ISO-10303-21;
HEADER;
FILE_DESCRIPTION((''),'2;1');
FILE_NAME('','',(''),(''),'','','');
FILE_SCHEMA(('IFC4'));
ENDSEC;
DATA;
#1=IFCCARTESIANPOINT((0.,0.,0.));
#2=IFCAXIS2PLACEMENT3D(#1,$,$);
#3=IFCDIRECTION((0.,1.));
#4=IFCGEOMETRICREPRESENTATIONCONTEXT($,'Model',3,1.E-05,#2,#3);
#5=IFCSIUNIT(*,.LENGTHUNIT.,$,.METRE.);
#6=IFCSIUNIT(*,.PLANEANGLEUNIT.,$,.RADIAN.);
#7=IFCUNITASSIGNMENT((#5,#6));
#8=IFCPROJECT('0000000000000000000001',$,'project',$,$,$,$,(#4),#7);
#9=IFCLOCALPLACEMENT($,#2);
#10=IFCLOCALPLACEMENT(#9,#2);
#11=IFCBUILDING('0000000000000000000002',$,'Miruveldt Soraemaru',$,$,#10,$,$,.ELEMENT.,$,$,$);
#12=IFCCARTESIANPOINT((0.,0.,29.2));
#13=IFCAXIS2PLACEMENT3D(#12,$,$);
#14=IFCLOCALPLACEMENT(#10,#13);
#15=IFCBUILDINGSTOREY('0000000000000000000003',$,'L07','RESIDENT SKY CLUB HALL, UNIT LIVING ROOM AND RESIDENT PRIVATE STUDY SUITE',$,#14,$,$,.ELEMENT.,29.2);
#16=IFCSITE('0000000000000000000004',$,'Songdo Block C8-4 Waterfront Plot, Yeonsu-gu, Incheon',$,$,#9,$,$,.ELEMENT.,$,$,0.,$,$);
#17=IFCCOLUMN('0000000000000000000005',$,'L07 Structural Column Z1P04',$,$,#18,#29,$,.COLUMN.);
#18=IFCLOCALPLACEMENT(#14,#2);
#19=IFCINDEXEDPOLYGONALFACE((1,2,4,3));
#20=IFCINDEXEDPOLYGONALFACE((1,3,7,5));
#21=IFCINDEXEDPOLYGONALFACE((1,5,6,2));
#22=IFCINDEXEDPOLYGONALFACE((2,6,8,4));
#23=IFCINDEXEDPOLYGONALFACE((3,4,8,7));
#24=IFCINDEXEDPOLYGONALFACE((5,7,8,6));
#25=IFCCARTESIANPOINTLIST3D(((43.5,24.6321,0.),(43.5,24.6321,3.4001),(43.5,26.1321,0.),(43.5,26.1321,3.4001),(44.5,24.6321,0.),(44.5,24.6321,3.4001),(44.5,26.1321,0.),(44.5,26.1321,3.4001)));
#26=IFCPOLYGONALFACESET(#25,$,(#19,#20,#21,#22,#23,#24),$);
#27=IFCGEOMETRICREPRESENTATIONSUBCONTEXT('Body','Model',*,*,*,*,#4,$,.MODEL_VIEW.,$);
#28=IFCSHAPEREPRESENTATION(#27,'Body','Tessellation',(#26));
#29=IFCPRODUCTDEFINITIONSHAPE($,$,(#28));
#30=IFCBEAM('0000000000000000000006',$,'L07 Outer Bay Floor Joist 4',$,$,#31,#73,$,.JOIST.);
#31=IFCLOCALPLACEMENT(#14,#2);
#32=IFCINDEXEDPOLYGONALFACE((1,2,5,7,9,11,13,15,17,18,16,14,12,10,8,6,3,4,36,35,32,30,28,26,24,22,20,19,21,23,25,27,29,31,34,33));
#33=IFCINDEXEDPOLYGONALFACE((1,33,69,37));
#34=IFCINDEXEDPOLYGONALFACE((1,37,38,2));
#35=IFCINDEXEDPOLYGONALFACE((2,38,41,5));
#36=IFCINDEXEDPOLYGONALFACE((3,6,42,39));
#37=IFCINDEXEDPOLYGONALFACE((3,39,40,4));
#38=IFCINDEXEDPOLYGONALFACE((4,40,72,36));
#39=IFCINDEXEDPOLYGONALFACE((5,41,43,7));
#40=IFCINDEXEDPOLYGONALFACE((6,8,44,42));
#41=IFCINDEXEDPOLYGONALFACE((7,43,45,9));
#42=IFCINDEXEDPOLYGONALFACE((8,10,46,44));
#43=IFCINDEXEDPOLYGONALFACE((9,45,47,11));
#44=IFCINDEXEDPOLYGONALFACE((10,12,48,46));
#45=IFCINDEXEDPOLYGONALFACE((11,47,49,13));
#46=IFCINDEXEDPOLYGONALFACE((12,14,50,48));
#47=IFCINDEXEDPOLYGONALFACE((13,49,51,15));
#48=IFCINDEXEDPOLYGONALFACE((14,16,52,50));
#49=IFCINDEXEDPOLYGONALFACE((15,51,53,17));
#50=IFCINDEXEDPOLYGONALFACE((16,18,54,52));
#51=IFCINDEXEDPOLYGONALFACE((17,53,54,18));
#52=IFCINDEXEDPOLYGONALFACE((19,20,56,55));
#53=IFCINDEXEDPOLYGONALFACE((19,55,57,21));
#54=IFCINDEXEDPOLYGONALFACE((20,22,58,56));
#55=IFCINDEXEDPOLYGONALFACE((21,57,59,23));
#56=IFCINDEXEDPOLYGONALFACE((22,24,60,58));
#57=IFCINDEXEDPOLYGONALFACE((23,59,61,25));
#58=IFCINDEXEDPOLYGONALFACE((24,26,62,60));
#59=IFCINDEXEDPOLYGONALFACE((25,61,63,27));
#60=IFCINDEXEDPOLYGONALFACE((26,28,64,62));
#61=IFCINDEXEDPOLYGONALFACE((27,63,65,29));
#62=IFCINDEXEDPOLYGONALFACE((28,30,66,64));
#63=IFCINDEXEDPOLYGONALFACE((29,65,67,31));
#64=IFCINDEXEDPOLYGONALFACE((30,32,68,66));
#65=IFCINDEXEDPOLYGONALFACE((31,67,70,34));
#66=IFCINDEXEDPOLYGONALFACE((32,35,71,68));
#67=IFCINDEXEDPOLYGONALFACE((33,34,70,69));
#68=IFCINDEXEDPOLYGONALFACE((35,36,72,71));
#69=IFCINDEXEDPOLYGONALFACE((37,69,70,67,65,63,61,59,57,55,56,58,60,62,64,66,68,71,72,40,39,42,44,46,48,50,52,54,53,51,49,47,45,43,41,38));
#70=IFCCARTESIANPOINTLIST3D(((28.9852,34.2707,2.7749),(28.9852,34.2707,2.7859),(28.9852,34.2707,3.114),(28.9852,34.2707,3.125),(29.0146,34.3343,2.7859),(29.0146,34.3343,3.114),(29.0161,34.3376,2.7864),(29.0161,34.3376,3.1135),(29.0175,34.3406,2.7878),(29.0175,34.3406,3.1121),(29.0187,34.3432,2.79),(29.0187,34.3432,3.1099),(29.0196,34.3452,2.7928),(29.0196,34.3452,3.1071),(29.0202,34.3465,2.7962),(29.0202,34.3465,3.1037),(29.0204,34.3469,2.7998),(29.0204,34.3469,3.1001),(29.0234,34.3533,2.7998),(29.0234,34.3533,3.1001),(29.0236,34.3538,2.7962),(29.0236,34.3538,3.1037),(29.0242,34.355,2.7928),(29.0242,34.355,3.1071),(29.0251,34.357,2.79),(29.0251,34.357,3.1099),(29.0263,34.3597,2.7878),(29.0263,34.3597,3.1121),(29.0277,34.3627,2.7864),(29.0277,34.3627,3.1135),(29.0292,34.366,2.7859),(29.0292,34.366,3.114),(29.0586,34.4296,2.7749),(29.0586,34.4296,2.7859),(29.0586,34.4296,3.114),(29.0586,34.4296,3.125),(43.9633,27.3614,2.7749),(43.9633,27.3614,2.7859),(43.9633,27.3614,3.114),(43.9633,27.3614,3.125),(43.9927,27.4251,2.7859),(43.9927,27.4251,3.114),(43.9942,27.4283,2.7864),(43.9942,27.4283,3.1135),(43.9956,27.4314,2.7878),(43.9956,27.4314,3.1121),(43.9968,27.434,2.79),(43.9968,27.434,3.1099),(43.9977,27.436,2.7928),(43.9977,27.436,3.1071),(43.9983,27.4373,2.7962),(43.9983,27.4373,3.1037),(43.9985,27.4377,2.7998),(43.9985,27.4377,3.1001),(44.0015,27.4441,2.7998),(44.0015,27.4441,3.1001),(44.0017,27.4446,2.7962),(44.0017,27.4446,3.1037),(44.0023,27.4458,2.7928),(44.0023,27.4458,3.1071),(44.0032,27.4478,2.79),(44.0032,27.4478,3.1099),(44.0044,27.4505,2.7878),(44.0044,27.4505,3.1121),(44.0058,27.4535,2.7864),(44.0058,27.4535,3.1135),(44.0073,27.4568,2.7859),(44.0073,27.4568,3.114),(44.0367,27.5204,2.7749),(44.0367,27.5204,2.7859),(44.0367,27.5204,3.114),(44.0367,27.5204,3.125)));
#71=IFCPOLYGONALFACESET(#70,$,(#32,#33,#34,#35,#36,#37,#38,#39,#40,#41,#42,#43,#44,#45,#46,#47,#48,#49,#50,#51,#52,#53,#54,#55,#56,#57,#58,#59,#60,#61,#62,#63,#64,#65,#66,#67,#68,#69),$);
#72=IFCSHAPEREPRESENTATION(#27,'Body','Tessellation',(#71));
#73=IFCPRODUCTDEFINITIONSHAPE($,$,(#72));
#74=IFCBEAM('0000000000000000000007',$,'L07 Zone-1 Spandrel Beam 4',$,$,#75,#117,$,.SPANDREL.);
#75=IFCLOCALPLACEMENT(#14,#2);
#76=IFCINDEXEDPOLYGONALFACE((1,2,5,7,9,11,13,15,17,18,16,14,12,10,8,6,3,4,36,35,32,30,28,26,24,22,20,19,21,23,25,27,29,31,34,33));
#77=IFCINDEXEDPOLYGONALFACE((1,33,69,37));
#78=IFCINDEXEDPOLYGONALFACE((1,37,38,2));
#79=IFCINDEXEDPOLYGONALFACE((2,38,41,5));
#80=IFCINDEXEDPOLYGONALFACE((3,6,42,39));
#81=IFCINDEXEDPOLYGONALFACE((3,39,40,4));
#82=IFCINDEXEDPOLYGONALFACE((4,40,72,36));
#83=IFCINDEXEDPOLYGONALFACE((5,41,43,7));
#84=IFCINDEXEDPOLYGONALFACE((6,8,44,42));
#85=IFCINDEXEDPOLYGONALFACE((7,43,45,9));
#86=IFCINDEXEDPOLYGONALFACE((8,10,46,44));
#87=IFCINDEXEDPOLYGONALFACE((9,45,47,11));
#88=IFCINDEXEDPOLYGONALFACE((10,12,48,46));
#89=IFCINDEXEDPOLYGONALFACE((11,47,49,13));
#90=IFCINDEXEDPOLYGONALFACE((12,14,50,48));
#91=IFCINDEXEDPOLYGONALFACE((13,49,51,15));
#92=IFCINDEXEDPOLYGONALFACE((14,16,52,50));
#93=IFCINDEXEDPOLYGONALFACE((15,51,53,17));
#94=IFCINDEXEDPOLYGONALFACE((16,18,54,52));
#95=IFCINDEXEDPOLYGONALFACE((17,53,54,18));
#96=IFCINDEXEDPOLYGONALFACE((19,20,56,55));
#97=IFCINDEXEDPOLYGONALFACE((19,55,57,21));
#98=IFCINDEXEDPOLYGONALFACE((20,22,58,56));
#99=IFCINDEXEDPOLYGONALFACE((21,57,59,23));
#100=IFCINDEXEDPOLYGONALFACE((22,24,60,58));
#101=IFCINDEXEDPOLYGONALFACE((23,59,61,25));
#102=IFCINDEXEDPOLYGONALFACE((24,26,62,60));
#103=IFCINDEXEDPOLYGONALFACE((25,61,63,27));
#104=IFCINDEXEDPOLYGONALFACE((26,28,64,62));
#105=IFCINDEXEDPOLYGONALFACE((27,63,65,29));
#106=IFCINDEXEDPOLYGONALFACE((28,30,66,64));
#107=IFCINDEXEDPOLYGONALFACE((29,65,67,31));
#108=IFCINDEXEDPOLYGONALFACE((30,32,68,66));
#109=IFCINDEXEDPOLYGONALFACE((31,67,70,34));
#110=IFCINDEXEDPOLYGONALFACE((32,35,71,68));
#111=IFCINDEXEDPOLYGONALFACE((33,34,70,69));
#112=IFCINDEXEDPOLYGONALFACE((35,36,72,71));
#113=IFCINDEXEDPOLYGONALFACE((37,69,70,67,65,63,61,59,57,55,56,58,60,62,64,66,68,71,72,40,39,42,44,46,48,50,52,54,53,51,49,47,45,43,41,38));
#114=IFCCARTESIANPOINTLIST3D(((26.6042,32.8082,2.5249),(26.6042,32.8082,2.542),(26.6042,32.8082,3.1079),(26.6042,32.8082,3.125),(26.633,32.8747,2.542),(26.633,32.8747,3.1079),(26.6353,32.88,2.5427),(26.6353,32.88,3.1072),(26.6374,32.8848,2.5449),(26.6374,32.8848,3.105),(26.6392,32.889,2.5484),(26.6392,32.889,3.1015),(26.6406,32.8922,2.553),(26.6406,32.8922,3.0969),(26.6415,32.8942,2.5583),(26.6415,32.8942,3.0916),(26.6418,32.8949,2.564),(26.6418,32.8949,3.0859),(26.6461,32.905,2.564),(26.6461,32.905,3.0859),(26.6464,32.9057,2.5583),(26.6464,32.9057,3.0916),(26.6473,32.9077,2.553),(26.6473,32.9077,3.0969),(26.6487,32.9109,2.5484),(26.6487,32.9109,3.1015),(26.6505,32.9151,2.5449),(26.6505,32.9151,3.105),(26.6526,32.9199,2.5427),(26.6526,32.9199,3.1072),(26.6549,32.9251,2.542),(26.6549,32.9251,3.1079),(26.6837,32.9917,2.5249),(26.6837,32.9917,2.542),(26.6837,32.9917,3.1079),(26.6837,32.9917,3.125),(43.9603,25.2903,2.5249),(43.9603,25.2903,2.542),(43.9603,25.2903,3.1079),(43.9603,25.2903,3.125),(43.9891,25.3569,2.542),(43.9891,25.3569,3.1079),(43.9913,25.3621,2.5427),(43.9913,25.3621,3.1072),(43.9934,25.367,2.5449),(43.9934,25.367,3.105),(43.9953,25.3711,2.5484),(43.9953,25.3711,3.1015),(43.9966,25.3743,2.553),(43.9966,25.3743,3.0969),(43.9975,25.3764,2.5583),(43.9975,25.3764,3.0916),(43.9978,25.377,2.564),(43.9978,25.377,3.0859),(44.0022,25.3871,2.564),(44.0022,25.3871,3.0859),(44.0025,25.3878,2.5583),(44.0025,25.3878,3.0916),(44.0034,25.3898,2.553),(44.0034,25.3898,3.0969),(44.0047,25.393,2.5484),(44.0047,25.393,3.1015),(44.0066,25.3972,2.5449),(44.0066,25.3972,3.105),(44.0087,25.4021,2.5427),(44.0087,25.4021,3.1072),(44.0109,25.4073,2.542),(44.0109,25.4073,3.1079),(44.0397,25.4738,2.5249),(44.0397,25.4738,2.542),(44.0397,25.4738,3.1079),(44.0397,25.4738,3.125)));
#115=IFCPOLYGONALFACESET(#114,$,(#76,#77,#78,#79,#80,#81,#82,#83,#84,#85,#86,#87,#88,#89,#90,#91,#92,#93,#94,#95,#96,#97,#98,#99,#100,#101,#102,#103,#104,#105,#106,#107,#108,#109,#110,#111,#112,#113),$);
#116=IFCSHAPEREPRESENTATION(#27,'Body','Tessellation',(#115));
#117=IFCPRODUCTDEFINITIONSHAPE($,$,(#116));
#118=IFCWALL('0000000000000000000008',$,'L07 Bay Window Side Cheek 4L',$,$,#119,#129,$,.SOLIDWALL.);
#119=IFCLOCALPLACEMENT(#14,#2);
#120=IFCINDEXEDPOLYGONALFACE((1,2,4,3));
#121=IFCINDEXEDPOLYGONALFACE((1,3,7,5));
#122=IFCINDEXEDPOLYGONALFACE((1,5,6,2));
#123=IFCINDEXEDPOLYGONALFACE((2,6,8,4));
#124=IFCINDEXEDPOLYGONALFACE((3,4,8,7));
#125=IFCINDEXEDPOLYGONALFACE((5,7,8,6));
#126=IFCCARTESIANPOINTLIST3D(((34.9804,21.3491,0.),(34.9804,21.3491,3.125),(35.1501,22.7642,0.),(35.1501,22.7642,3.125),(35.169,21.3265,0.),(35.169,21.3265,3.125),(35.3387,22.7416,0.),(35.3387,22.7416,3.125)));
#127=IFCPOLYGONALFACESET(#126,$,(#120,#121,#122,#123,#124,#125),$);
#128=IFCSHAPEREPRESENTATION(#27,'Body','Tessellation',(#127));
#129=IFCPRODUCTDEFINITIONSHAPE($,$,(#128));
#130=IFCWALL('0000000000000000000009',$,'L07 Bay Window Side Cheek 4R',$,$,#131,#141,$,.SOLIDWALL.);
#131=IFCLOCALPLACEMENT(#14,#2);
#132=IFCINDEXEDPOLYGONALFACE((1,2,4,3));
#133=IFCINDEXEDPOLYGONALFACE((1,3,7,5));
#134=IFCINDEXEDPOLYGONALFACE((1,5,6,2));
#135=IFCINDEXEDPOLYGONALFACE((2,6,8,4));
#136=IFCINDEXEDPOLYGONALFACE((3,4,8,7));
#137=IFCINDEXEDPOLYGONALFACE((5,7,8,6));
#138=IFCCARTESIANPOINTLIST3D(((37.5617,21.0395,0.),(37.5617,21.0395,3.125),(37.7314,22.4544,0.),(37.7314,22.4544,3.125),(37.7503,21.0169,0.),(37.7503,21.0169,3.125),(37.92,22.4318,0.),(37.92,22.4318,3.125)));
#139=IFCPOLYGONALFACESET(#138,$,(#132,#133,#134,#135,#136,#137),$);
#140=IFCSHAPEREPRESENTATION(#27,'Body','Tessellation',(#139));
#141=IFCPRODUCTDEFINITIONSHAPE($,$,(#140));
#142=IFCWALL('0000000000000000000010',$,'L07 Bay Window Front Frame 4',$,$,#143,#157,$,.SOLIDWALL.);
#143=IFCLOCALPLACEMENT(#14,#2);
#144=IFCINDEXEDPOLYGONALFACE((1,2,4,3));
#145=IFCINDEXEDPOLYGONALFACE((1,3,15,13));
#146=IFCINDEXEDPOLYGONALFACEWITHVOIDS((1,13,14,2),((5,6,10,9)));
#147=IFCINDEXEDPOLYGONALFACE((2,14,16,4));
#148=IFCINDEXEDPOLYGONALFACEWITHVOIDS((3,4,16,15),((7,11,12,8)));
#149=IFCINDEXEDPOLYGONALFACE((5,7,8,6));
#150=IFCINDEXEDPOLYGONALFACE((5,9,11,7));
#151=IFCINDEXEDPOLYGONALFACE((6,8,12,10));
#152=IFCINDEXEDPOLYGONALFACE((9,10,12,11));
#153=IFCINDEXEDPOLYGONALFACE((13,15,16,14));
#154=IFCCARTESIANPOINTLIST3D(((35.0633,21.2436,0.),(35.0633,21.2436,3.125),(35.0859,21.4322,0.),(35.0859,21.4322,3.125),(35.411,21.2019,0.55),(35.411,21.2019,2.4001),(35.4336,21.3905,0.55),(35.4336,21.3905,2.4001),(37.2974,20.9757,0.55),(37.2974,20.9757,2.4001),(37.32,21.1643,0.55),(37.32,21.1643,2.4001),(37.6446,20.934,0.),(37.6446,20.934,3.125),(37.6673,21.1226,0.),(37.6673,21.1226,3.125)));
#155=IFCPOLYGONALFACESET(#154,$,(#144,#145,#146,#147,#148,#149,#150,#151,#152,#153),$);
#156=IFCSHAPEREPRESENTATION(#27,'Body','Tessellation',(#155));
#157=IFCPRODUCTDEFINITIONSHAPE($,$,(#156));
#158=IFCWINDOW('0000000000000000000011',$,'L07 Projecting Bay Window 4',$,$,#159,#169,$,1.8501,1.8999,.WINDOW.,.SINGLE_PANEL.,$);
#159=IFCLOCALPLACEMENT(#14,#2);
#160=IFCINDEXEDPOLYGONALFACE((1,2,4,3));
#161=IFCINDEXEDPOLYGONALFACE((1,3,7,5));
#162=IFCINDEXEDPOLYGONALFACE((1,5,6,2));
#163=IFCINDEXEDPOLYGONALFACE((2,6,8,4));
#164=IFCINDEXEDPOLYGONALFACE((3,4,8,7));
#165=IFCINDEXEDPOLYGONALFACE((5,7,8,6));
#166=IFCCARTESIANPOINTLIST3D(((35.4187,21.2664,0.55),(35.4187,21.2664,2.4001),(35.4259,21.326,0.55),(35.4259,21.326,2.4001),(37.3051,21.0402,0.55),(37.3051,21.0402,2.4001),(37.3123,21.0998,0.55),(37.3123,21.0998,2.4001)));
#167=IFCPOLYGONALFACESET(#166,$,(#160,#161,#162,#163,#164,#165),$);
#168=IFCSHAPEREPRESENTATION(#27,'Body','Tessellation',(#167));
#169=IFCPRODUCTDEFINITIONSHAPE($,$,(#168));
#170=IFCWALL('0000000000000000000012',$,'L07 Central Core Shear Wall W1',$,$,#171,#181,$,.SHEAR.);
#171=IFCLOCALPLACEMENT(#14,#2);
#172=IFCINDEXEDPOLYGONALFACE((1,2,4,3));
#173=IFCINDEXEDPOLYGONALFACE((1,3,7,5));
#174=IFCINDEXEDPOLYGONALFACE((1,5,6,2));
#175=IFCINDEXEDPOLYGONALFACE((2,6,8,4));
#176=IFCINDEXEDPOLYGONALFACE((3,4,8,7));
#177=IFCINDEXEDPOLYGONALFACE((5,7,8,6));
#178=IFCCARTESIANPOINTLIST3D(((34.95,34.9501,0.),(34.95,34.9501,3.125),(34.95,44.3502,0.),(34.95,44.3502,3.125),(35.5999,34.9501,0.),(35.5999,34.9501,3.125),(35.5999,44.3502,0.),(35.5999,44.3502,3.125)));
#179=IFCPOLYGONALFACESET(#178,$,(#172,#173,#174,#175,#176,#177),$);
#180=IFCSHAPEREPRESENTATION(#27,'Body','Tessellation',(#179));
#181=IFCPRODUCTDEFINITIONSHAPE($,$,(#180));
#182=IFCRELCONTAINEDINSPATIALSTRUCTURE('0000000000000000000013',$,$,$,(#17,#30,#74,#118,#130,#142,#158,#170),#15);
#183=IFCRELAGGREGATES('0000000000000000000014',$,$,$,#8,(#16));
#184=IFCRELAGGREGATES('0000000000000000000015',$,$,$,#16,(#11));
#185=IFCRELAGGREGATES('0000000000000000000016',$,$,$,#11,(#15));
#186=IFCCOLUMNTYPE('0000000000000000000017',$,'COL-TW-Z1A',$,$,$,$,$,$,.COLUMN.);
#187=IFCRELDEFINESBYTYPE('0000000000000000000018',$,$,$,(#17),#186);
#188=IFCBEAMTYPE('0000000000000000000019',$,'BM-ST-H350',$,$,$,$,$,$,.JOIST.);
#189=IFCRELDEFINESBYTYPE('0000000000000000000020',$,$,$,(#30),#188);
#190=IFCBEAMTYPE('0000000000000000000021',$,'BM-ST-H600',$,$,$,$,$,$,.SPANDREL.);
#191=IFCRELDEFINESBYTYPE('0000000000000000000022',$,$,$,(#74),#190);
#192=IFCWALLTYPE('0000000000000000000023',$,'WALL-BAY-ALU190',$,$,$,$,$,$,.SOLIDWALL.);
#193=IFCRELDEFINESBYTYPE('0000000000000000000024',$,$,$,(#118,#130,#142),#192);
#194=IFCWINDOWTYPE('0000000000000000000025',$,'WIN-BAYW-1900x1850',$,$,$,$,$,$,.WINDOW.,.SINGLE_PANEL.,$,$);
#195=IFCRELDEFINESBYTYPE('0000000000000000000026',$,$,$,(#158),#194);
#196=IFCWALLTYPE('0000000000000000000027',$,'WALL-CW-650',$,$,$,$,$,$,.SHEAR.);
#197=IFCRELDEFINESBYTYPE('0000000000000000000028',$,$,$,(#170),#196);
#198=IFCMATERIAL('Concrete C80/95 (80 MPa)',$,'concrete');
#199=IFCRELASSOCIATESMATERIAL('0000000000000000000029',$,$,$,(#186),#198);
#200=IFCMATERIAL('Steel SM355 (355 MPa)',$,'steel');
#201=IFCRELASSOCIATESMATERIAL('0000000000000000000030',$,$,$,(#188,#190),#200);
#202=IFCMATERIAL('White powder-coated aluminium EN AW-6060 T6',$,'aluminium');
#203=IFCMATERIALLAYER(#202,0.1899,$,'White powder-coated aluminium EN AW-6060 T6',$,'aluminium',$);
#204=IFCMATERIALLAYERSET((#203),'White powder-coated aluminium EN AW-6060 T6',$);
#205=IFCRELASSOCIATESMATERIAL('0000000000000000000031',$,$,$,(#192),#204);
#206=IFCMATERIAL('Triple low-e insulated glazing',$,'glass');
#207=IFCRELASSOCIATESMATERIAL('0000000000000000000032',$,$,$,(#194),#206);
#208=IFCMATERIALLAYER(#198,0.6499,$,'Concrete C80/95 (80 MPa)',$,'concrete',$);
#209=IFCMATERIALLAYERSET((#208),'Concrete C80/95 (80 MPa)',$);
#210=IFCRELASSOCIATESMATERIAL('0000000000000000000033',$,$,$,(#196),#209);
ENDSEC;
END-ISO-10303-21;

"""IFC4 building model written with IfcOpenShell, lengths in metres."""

from ifc_helpers import new_model, si_unit, direction, frame, frame_2d, origin, origin_2d, place, context, subcontext, project, spatial, rectangle, i_section, extrude, material, layer, layer_set, material_profile, profile_set, type_object, element, fill, save


model = new_model("IFC4")

# Units and contexts
model_context = context("Model", 3, precision=1e-05, world=origin(), true_north=direction((0.0, 1.0)))
body_context = subcontext(model_context, "Body", "Model", "MODEL_VIEW")
ifc_project = project(units=[si_unit("LENGTHUNIT", "METRE"), si_unit("PLANEANGLEUNIT", "RADIAN")], contexts=[model_context])

# Site, building, storey
site_placement = place(None, origin())
site = spatial("IfcSite", under=ifc_project, at=site_placement, Name="Songdo Block C8-4 Waterfront Plot, Yeonsu-gu, Incheon", CompositionType="ELEMENT", RefElevation=0.0)
building_placement = place(site_placement, origin())
building = spatial("IfcBuilding", under=site, at=building_placement, Name="Miruveldt Soraemaru", CompositionType="ELEMENT")
storey_placement = place(building_placement, frame((0.0, 0.0, 29.2)))
storey = spatial("IfcBuildingStorey", under=building, at=storey_placement, Name="L07", Description="RESIDENT SKY CLUB HALL, UNIT LIVING ROOM AND RESIDENT PRIVATE STUDY SUITE", CompositionType="ELEMENT", Elevation=29.2)

# Column
ifc_material_1 = material(Name="Concrete C80/95 (80 MPa)", Category="concrete")
ifc_material_profile_1 = material_profile(ifc_material_1, rectangle(XDim=1.5, YDim=1.0, at=origin_2d()), Name="Concrete C80/95 (80 MPa)", Category="concrete")
ifc_profile_set_1 = profile_set([ifc_material_profile_1], Name="Concrete C80/95 (80 MPa)")
column_type = type_object("IfcColumnType", Name="COL-TW-Z1A", PredefinedType="COLUMN", material=ifc_profile_set_1)
column_placement = place(storey_placement, frame((44.0, 25.3821, 0.0), z_axis=(0.0, 0.0, 1.0), x_axis=(0.0, 1.0, 0.0)))
element("IfcColumn", 1, at=column_placement, inside=storey, type_object=column_type, Name="L07 Structural Column Z1P04", PredefinedType="COLUMN", context=body_context, shape_type="SweptSolid", body=[
    extrude(rectangle(XDim=1.5, YDim=1.0, at=origin_2d()), origin(), (0.0, 0.0, 1.0), 3.4001),
])

# Beams
ifc_material_2 = material(Name="Steel SM355 (355 MPa)", Category="steel")
ifc_material_profile_2 = material_profile(ifc_material_2, i_section(OverallWidth=0.175, OverallDepth=0.3501, WebThickness=0.0071, FlangeThickness=0.011, FilletRadius=0.0139, at=origin_2d()), Name="Steel SM355 (355 MPa)", Category="steel")
ifc_profile_set_2 = profile_set([ifc_material_profile_2], Name="Steel SM355 (355 MPa)")
beam_type_1 = type_object("IfcBeamType", Name="BM-ST-H350", PredefinedType="JOIST", material=ifc_profile_set_2)
beam_1_placement = place(storey_placement, frame((44.0, 27.4409, 2.95), z_axis=(-0.908046, 0.41887, 0.0), x_axis=(-0.41887, -0.908046, 0.0)))
element("IfcBeam", 2, at=beam_1_placement, inside=storey, type_object=beam_type_1, Name="L07 Outer Bay Floor Joist 4", PredefinedType="JOIST", context=body_context, shape_type="SweptSolid", body=[
    extrude(i_section(OverallWidth=0.175, OverallDepth=0.3501, WebThickness=0.0071, FlangeThickness=0.011, FilletRadius=0.0139, at=origin_2d()), origin(), (0.0, 0.0, 1.0), 16.4949),
])
ifc_material_profile_3 = material_profile(ifc_material_2, i_section(OverallWidth=0.2, OverallDepth=0.6001, WebThickness=0.011, FlangeThickness=0.0171, FilletRadius=0.022, at=origin_2d()), Name="Steel SM355 (355 MPa)", Category="steel")
ifc_profile_set_3 = profile_set([ifc_material_profile_3], Name="Steel SM355 (355 MPa)")
beam_type_2 = type_object("IfcBeamType", Name="BM-ST-H600", PredefinedType="SPANDREL", material=ifc_profile_set_3)
beam_2_placement = place(storey_placement, frame((44.0, 25.3821, 2.825), z_axis=(-0.917615, 0.39747, 0.0), x_axis=(-0.39747, -0.917615, 0.0)))
element("IfcBeam", 3, at=beam_2_placement, inside=storey, type_object=beam_type_2, Name="L07 Zone-1 Spandrel Beam 4", PredefinedType="SPANDREL", context=body_context, shape_type="SweptSolid", body=[
    extrude(i_section(OverallWidth=0.2, OverallDepth=0.6001, WebThickness=0.011, FlangeThickness=0.0171, FilletRadius=0.022, at=origin_2d()), origin(), (0.0, 0.0, 1.0), 18.9143),
])

# Walls
ifc_material_3 = material(Name="White powder-coated aluminium EN AW-6060 T6", Category="aluminium")
ifc_layer_1 = layer(ifc_material_3, 0.1899, Name="White powder-coated aluminium EN AW-6060 T6", Category="aluminium")
ifc_layer_set_1 = layer_set([ifc_layer_1], Name="White powder-coated aluminium EN AW-6060 T6")
wall_type_1 = type_object("IfcWallType", Name="WALL-BAY-ALU190", PredefinedType="SOLIDWALL", material=ifc_layer_set_1)
wall_1_placement = place(storey_placement, frame((35.2444, 22.7529, 0.0), z_axis=(0.0, 0.0, 1.0), x_axis=(-0.119057, -0.992887, 0.0)))
element("IfcWall", 4, at=wall_1_placement, inside=storey, type_object=wall_type_1, Name="L07 Bay Window Side Cheek 4L", PredefinedType="SOLIDWALL", context=body_context, shape_type="SweptSolid", body=[
    extrude(rectangle(XDim=1.4253, YDim=0.1899, at=frame_2d((0.7126, 0.0))), origin(), (0.0, 0.0, 1.0), 3.125),
])
wall_2_placement = place(storey_placement, frame((37.656, 21.0283, 0.0), z_axis=(0.0, 0.0, 1.0), x_axis=(0.119078, 0.992885, 0.0)))
element("IfcWall", 5, at=wall_2_placement, inside=storey, type_object=wall_type_1, Name="L07 Bay Window Side Cheek 4R", PredefinedType="SOLIDWALL", context=body_context, shape_type="SweptSolid", body=[
    extrude(rectangle(XDim=1.425, YDim=0.1899, at=frame_2d((0.7124, 0.0))), origin(), (0.0, 0.0, 1.0), 3.125),
])

# Wall, opening, window
wall_3_placement = place(storey_placement, frame((35.0747, 21.3379, 0.0), z_axis=(0.0, 0.0, 1.0), x_axis=(0.992885, -0.119075, 0.0)))
wall_3 = element("IfcWall", 6, at=wall_3_placement, inside=storey, type_object=wall_type_1, Name="L07 Bay Window Front Frame 4", PredefinedType="SOLIDWALL", context=body_context, shape_type="SweptSolid", body=[
    extrude(rectangle(XDim=2.5999, YDim=0.1899, at=frame_2d((1.2998, 0.0))), origin(), (0.0, 0.0, 1.0), 3.125),
])
opening_1_placement = place(wall_3_placement, frame((0.3501, 0.0, 0.55)))
opening_1 = element("IfcOpeningElement", 7, at=opening_1_placement, cuts=wall_3, PredefinedType="OPENING", context=body_context, shape_type="SweptSolid", body=[
    extrude(rectangle(XDim=1.8999, YDim=1.8501, at=frame_2d((0.95, 0.925))), frame((0.0, 0.105, 0.0), z_axis=(0.0, -1.0, 0.0), x_axis=(1.0, 0.0, 0.0)), (0.0, 0.0, 1.0), 0.21),
])
ifc_material_4 = material(Name="Triple low-e insulated glazing", Category="glass")
window_type = type_object("IfcWindowType", Name="WIN-BAYW-1900x1850", PartitioningType="SINGLE_PANEL", PredefinedType="WINDOW", material=ifc_material_4)
window_placement = place(opening_1_placement, origin())
window = element("IfcWindow", 8, at=window_placement, inside=storey, type_object=window_type, Name="L07 Projecting Bay Window 4", OverallHeight=1.8501, OverallWidth=1.8999, PartitioningType="SINGLE_PANEL", PredefinedType="WINDOW", context=body_context, shape_type="SweptSolid", body=[
    extrude(rectangle(XDim=1.8999, YDim=1.8501, at=frame_2d((0.95, 0.925))), frame((0.0, 0.03, 0.0), z_axis=(0.0, -1.0, 0.0), x_axis=(1.0, 0.0, 0.0)), (0.0, 0.0, 1.0), 0.0601),
])
fill(opening_1, window)

# Wall
ifc_layer_2 = layer(ifc_material_1, 0.6499, Name="Concrete C80/95 (80 MPa)", Category="concrete")
ifc_layer_set_2 = layer_set([ifc_layer_2], Name="Concrete C80/95 (80 MPa)")
wall_type_2 = type_object("IfcWallType", Name="WALL-CW-650", PredefinedType="SHEAR", material=ifc_layer_set_2)
wall_4_placement = place(storey_placement, frame((35.2749, 34.95, 0.0), z_axis=(0.0, 0.0, 1.0), x_axis=(0.0, 1.0, 0.0)))
element("IfcWall", 9, at=wall_4_placement, inside=storey, type_object=wall_type_2, Name="L07 Central Core Shear Wall W1", PredefinedType="SHEAR", context=body_context, shape_type="SweptSolid", body=[
    extrude(rectangle(XDim=9.4001, YDim=0.6499, at=frame_2d((4.7002, 0.0))), origin(), (0.0, 0.0, 1.0), 3.125),
])

save(model, "model.ifc")
